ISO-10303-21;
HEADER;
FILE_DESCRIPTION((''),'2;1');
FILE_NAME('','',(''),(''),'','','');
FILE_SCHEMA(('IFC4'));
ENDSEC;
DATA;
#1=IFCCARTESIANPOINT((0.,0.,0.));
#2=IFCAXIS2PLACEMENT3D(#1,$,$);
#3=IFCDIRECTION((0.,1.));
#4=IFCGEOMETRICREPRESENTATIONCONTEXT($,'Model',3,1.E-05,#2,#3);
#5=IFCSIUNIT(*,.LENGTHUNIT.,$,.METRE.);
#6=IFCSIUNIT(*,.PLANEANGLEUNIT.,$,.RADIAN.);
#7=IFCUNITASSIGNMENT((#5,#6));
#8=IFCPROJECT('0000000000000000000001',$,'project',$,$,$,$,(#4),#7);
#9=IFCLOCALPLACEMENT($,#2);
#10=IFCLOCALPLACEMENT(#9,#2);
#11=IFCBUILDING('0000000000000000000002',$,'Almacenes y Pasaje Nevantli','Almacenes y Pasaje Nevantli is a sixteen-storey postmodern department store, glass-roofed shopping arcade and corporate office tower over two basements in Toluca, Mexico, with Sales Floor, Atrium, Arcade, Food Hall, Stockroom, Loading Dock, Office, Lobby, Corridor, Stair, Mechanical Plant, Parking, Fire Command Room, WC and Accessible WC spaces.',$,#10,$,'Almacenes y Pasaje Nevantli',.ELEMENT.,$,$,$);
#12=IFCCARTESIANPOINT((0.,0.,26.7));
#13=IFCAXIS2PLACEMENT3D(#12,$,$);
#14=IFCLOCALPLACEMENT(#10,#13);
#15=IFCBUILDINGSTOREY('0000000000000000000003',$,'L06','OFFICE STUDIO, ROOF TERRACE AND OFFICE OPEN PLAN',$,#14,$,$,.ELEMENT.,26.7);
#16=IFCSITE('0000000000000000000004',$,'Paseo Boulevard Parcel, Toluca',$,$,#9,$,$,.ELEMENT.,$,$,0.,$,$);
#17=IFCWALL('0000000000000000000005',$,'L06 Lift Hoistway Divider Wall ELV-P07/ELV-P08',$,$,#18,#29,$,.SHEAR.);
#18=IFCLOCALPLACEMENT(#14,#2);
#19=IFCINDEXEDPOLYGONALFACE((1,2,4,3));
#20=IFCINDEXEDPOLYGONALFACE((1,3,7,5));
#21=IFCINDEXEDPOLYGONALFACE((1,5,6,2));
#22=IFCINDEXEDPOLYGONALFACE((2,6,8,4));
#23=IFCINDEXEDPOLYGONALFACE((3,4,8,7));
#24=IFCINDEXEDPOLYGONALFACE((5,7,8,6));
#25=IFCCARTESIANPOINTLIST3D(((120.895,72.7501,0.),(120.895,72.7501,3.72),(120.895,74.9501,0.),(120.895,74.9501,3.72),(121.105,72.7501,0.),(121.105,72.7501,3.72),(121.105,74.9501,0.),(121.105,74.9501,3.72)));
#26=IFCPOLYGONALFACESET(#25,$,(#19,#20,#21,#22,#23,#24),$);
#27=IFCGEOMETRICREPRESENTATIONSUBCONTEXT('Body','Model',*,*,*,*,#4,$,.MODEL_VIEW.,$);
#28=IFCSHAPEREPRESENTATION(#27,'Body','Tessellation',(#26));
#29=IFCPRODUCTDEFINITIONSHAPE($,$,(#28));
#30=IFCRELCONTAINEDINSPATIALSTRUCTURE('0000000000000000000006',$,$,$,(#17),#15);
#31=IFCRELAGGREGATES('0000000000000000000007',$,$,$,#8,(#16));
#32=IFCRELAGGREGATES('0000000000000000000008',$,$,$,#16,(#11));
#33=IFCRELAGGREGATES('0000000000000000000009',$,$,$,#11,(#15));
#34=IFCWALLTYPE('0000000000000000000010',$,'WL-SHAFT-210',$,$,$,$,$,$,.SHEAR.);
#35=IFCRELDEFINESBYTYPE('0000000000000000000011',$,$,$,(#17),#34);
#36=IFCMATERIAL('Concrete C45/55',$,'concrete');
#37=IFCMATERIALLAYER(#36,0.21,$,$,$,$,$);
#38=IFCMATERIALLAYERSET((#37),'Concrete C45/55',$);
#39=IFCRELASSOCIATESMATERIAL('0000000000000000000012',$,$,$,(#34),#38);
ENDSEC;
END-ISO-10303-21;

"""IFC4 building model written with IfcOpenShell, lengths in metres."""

from ifc_helpers import new_model, si_unit, direction, frame, frame_2d, origin, place, context, subcontext, project, spatial, rectangle, extrude, material, layer, layer_set, type_object, element, save


model = new_model("IFC4")

# Units and contexts
model_context = context("Model", 3, precision=1e-05, world=origin(), true_north=direction((0.0, 1.0)))
body_context = subcontext(model_context, "Body", "Model", "MODEL_VIEW")
ifc_project = project(units=[si_unit("LENGTHUNIT", "METRE"), si_unit("PLANEANGLEUNIT", "RADIAN")], contexts=[model_context])

# Site, building, storey
site_placement = place(None, origin())
site = spatial("IfcSite", under=ifc_project, at=site_placement, Name="Paseo Boulevard Parcel, Toluca", CompositionType="ELEMENT", RefElevation=0.0)
building_placement = place(site_placement, origin())
building = spatial("IfcBuilding", under=site, at=building_placement, Name="Almacenes y Pasaje Nevantli", Description="Almacenes y Pasaje Nevantli is a sixteen-storey postmodern department store, glass-roofed shopping arcade and corporate office tower over two basements in Toluca, Mexico, with Sales Floor, Atrium, Arcade, Food Hall, Stockroom, Loading Dock, Office, Lobby, Corridor, Stair, Mechanical Plant, Parking, Fire Command Room, WC and Accessible WC spaces.", LongName="Almacenes y Pasaje Nevantli", CompositionType="ELEMENT")
storey_placement = place(building_placement, frame((0.0, 0.0, 26.7)))
storey = spatial("IfcBuildingStorey", under=building, at=storey_placement, Name="L06", Description="OFFICE STUDIO, ROOF TERRACE AND OFFICE OPEN PLAN", CompositionType="ELEMENT", Elevation=26.7)

# Shared definitions
ifc_material_1 = material(Name="Concrete C45/55", Category="concrete")
ifc_layer_1 = layer(ifc_material_1, 0.21)
ifc_layer_set_1 = layer_set([ifc_layer_1], Name="Concrete C45/55")
wall_type_1 = type_object("IfcWallType", Name="WL-SHAFT-210", PredefinedType="SHEAR", material=ifc_layer_set_1)

# Wall
for number, where, z_axis, x_axis, name in (
    (1, (121.0, 72.75, 0.0), (0.0, 0.0, 1.0), (0.0, 1.0, 0.0), "L06 Lift Hoistway Divider Wall ELV-P07/ELV-P08"),
):
    element("IfcWall", number, at=place(storey_placement, frame(where, z_axis=z_axis, x_axis=x_axis)), inside=storey, type_object=wall_type_1, Name=name, PredefinedType="SHEAR", context=body_context, shape_type="SweptSolid", body=[
        extrude(rectangle(XDim=2.2, YDim=0.21, at=frame_2d((1.1001, 0.0))), origin(), (0.0, 0.0, 1.0), 3.72),
    ])

save(model, "model.ifc")
